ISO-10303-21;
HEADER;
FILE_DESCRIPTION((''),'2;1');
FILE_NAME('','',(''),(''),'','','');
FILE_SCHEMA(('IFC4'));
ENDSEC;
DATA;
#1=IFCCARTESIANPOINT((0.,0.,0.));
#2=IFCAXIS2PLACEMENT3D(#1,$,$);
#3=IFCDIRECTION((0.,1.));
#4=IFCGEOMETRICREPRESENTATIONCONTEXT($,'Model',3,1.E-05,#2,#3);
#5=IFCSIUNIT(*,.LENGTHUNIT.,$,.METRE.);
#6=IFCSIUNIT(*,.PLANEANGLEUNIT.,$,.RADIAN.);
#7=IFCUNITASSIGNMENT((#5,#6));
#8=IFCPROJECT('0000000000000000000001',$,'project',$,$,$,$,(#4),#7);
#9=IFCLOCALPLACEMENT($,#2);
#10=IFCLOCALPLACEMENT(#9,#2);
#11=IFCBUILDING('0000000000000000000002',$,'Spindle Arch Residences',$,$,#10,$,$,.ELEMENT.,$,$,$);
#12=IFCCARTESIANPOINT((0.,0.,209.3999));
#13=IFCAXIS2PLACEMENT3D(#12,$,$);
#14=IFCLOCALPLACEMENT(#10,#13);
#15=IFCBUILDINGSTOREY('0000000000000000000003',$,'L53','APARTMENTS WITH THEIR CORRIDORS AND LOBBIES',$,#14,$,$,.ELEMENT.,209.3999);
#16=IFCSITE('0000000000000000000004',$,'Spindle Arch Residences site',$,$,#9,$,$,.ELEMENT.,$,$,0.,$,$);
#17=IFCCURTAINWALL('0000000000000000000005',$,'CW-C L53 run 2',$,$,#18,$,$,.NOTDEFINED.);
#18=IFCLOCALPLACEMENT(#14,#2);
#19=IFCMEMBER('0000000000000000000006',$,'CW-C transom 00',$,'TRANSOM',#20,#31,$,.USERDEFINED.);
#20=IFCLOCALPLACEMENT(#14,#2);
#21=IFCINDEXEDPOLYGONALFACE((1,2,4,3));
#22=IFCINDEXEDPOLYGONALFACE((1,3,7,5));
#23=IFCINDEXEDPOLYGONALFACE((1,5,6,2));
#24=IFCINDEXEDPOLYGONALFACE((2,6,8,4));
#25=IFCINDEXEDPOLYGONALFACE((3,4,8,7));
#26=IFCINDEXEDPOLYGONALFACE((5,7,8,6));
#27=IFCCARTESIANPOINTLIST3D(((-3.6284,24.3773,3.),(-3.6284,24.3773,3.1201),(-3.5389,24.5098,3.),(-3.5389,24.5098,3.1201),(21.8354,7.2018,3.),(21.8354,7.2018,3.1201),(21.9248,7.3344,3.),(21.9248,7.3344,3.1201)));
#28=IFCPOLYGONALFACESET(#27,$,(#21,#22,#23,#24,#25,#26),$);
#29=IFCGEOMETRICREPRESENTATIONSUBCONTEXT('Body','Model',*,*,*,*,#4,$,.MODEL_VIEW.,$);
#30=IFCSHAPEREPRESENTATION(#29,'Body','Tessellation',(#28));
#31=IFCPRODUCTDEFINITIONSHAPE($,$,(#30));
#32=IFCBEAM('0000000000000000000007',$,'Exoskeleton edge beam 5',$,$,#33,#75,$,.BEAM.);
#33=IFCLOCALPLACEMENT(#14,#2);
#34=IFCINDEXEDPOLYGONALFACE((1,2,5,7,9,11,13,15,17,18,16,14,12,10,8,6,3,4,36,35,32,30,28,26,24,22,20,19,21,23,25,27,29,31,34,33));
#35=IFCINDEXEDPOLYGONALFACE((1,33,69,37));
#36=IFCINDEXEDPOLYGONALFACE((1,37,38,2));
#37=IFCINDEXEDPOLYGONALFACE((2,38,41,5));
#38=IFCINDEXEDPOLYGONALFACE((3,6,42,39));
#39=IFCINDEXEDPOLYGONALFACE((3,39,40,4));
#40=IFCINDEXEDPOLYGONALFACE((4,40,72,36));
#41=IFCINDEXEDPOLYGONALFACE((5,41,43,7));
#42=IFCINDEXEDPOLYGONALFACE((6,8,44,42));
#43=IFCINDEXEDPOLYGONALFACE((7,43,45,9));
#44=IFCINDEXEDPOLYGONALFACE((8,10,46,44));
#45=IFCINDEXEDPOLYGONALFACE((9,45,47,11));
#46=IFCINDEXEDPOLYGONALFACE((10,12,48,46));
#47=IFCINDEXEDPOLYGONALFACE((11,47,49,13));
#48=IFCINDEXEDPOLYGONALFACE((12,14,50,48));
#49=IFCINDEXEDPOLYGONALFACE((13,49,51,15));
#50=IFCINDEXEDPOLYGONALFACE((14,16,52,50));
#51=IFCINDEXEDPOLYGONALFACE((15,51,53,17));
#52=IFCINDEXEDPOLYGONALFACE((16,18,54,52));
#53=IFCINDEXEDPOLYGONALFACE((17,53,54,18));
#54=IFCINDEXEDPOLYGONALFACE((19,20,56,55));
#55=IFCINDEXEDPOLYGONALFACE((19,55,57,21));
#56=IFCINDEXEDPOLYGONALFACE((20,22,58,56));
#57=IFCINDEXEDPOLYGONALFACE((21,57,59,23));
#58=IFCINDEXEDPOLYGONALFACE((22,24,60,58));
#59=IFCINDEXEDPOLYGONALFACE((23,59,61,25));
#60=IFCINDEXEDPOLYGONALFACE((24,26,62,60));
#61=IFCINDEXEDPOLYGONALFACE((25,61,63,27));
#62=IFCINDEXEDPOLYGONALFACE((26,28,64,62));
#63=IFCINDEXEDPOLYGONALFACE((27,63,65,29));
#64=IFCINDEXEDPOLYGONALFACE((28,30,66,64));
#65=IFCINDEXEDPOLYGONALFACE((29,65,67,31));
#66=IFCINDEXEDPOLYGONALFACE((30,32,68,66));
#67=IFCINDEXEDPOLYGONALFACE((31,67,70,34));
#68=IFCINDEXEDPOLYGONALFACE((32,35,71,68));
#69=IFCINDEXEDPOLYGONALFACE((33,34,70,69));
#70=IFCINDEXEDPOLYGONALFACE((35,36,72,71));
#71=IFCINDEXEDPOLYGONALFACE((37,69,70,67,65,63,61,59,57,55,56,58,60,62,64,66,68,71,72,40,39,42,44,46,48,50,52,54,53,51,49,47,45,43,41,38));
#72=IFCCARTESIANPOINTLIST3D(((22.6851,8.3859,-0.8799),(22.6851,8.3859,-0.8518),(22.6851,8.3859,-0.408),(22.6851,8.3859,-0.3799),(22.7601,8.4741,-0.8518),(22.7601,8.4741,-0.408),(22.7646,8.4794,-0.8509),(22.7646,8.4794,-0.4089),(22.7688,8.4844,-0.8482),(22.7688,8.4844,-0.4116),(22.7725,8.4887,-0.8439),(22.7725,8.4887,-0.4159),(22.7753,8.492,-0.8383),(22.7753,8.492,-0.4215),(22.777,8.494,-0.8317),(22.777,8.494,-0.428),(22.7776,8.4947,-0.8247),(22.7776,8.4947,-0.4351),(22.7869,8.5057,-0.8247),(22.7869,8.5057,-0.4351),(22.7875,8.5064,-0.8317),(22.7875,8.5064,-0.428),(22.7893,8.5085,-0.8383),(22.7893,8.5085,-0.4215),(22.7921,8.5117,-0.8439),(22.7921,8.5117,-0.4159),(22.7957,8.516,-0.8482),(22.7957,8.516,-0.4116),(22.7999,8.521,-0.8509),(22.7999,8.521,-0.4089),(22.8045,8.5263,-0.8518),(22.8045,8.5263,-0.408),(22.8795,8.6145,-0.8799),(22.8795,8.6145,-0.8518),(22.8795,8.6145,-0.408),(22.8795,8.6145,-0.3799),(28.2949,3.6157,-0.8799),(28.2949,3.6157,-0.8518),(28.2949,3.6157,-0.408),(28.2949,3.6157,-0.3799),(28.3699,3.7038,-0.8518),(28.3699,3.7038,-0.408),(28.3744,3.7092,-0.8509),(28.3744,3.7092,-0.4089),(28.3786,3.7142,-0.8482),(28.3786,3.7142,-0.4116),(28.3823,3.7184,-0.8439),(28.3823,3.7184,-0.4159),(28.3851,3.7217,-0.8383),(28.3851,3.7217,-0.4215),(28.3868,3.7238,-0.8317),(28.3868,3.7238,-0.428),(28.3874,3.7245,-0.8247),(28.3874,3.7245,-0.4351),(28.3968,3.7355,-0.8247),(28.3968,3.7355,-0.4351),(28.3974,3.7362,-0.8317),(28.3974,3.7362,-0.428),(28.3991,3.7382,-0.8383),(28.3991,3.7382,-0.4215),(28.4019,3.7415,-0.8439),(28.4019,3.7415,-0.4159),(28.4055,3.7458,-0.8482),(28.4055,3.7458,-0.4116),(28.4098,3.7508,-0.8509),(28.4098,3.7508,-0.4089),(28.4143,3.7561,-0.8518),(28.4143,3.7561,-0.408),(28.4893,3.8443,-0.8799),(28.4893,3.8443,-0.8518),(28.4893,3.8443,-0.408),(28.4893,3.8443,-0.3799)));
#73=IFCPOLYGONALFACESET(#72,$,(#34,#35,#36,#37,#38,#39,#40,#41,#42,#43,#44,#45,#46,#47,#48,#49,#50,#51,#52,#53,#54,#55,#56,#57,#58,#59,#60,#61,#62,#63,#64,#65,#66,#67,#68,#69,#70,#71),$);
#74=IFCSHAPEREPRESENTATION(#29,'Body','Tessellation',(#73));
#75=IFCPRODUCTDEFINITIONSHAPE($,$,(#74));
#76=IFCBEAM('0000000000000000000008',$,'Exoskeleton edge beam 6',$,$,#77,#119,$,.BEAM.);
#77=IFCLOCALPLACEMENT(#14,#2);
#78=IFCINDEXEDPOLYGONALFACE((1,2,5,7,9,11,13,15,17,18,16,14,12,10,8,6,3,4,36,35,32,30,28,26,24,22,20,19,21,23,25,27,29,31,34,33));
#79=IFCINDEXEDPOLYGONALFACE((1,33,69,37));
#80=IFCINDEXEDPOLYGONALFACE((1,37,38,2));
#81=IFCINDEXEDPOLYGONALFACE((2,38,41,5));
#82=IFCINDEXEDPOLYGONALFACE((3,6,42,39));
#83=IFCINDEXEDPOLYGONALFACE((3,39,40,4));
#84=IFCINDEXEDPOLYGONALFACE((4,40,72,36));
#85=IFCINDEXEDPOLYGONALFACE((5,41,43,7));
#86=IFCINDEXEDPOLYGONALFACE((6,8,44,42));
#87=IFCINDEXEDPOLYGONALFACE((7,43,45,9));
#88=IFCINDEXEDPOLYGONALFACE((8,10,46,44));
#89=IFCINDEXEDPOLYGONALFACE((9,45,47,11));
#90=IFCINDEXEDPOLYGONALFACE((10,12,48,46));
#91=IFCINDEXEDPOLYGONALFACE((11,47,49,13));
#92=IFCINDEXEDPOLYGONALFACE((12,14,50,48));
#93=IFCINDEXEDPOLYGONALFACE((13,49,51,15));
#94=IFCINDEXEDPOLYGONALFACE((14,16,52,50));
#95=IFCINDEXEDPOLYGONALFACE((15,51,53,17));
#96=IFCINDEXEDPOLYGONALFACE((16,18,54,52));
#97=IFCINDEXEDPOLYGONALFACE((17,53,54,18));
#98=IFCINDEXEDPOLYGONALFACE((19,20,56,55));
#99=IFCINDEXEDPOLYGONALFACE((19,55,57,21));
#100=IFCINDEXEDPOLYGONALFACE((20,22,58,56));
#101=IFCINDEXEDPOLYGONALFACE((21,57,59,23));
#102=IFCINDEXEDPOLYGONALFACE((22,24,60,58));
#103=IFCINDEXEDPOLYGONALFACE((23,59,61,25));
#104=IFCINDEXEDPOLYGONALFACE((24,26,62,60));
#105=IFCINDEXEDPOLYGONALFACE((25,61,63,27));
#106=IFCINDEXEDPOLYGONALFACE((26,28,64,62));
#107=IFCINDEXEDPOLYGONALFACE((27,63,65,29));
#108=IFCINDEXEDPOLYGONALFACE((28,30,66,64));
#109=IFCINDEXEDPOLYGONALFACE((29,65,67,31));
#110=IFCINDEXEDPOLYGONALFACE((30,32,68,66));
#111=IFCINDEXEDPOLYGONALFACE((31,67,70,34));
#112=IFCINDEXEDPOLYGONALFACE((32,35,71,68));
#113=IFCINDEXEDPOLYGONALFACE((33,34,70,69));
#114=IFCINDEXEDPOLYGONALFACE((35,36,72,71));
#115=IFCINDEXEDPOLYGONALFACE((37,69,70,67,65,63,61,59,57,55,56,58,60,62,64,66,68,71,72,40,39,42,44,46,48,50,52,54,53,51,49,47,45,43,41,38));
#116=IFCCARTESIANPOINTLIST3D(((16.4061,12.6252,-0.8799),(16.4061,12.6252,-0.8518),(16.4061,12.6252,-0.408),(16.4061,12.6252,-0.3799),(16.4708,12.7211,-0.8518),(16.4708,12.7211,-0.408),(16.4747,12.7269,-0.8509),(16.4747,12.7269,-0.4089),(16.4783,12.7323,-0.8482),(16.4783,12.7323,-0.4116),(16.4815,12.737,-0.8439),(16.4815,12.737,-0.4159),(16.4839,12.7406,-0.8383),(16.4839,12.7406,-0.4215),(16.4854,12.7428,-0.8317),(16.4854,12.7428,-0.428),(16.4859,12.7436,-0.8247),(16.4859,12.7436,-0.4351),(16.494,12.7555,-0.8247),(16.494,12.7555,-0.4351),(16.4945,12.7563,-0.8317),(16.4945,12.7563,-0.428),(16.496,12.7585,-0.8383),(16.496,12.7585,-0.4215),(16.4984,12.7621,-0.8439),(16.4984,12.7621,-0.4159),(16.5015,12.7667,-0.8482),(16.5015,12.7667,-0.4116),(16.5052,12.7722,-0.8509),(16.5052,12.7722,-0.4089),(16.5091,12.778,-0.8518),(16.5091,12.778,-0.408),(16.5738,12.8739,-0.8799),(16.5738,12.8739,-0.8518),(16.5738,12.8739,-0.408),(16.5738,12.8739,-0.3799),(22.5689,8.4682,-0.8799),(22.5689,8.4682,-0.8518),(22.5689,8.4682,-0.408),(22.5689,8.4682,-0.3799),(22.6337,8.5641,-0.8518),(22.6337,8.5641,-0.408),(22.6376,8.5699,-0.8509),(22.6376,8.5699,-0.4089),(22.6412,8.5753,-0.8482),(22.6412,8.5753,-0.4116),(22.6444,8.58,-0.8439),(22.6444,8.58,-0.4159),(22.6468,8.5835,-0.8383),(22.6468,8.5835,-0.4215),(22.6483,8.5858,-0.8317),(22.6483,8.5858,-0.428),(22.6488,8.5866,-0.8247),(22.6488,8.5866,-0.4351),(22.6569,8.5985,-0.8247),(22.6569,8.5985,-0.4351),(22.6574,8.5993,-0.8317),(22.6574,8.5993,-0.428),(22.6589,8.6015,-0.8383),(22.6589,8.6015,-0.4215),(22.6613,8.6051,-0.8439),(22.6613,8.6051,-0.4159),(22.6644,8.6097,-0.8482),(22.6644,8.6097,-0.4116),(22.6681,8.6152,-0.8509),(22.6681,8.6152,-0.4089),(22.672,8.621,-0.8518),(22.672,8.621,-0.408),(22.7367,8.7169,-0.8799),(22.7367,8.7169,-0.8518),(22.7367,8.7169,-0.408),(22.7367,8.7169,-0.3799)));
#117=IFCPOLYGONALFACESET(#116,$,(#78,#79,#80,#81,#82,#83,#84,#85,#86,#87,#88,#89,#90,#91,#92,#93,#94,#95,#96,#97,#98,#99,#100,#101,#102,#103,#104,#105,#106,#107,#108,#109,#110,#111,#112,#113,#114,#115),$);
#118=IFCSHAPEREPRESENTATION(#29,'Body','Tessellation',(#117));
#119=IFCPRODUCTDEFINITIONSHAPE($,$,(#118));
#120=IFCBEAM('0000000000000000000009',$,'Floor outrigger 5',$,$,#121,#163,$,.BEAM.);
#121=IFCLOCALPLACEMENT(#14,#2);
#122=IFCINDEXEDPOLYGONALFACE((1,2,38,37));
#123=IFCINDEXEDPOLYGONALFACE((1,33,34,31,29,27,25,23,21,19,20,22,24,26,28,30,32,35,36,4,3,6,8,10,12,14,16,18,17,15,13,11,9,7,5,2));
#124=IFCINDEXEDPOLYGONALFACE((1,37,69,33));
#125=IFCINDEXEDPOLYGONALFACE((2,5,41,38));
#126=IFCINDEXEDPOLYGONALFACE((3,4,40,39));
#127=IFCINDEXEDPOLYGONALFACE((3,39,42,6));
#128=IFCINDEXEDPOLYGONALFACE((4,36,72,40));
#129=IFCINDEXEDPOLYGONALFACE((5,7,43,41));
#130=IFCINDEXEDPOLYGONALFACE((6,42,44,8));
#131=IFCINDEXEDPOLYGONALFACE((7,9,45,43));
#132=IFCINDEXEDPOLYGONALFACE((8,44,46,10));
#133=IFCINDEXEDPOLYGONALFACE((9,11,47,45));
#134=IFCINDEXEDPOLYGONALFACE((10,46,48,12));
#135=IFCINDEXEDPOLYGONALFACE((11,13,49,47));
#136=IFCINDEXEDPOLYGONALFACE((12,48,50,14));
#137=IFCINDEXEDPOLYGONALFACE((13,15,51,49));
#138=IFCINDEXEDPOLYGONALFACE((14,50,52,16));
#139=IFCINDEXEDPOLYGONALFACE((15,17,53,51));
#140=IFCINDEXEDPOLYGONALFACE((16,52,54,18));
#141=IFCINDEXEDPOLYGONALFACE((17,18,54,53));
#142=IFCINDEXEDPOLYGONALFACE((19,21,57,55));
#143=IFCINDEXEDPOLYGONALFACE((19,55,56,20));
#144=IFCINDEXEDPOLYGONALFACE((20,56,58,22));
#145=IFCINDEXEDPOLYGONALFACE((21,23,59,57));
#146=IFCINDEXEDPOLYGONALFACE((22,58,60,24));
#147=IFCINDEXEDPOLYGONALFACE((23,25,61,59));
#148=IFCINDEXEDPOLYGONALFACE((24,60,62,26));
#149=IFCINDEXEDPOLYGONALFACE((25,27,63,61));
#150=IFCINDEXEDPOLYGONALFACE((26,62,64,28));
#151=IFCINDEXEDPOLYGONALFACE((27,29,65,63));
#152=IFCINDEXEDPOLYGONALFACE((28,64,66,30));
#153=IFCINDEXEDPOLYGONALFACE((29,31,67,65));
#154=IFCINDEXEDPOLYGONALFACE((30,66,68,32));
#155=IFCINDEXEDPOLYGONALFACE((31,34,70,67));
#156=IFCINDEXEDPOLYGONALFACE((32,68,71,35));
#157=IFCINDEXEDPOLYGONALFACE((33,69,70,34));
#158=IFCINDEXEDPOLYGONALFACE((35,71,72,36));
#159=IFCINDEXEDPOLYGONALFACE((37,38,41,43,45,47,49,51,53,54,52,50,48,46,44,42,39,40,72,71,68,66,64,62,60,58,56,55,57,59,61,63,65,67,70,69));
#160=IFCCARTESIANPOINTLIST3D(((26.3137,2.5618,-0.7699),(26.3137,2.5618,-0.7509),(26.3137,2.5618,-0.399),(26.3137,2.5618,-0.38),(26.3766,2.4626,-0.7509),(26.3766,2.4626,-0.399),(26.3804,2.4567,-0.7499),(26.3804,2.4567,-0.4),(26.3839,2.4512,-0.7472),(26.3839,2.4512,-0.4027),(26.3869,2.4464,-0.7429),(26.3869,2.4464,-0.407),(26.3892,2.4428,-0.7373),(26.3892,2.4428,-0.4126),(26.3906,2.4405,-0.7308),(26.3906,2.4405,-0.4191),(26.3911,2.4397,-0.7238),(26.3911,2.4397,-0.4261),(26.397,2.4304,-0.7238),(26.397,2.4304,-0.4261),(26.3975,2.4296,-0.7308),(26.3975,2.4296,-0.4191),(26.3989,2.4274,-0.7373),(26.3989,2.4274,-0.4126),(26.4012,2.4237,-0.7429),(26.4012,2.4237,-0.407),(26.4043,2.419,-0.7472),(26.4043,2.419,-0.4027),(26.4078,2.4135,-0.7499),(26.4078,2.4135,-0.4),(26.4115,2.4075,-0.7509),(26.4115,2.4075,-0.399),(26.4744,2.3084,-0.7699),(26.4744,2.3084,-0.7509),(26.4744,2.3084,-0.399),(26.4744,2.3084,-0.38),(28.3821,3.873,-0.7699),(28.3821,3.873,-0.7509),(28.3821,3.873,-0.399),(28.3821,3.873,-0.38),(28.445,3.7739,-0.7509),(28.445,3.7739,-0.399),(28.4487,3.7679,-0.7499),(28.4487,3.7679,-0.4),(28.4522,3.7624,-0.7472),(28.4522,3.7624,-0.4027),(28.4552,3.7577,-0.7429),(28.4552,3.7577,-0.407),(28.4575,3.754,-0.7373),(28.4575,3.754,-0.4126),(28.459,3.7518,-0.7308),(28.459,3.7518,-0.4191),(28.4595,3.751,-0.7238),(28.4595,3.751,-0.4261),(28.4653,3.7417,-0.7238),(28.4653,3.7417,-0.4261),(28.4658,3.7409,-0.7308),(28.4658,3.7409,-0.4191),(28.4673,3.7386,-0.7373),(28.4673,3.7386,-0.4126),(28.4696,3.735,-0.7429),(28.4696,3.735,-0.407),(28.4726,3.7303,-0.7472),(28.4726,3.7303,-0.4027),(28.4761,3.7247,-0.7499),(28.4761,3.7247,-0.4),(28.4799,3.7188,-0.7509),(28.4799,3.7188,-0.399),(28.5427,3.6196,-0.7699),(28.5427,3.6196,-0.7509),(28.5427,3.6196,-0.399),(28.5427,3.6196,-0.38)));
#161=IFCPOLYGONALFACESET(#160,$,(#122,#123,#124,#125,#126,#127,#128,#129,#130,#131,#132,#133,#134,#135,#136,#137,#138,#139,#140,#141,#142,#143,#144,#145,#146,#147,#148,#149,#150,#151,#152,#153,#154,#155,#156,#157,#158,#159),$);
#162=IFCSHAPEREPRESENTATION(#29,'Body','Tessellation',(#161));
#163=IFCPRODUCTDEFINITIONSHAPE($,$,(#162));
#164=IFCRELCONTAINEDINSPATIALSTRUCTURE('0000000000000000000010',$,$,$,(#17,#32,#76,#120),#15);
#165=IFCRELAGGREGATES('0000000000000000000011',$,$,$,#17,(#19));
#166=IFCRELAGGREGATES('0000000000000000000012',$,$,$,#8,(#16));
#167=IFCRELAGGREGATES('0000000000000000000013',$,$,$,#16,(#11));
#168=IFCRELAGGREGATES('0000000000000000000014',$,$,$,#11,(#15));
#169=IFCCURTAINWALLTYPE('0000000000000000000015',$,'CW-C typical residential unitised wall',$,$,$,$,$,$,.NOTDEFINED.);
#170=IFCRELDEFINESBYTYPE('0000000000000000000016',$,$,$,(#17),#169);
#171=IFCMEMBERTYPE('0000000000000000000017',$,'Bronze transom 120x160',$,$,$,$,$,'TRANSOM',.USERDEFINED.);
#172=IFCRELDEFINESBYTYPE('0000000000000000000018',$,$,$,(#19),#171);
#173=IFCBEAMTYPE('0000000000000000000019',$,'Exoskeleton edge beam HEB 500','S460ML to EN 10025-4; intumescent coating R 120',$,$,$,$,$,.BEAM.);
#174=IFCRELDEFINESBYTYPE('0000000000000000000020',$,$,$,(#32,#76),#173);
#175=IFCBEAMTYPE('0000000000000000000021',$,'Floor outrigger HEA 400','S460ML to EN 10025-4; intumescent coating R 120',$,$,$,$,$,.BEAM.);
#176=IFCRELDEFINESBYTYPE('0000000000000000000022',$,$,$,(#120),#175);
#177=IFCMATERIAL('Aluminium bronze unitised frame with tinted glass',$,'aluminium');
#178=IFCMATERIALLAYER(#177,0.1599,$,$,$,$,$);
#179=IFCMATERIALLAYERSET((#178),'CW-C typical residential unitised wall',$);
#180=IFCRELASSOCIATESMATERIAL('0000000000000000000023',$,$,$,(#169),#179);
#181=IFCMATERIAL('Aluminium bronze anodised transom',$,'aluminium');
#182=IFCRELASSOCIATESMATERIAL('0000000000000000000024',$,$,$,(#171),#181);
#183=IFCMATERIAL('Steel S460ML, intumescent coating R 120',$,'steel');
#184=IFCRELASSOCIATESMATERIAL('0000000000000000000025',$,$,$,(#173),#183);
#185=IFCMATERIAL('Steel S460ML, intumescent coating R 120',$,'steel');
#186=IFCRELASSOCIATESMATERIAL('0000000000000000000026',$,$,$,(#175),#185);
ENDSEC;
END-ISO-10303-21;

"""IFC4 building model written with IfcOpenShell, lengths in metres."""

from ifc_helpers import new_model, si_unit, direction, frame, origin, origin_2d, place, context, subcontext, project, spatial, rectangle, i_section, extrude, material, layer, layer_set, material_profile, profile_set, type_object, element, aggregate, save


model = new_model("IFC4")

# Units and contexts
model_context = context("Model", 3, precision=1e-05, world=origin(), true_north=direction((0.0, 1.0)))
body_context = subcontext(model_context, "Body", "Model", "MODEL_VIEW")
ifc_project = project(units=[si_unit("LENGTHUNIT", "METRE"), si_unit("PLANEANGLEUNIT", "RADIAN")], contexts=[model_context])

# Site, building, storey
site_placement = place(None, origin())
site = spatial("IfcSite", under=ifc_project, at=site_placement, Name="Spindle Arch Residences site", CompositionType="ELEMENT", RefElevation=0.0)
building_placement = place(site_placement, origin())
building = spatial("IfcBuilding", under=site, at=building_placement, Name="Spindle Arch Residences", CompositionType="ELEMENT")
storey_placement = place(building_placement, frame((0.0, 0.0, 209.3999)))
storey = spatial("IfcBuildingStorey", under=building, at=storey_placement, Name="L53", Description="APARTMENTS WITH THEIR CORRIDORS AND LOBBIES", CompositionType="ELEMENT", Elevation=209.3999)

# Curtain wall
ifc_material_1 = material(Name="Aluminium bronze unitised frame with tinted glass", Category="aluminium")
ifc_layer_1 = layer(ifc_material_1, 0.1599)
ifc_layer_set_1 = layer_set([ifc_layer_1], Name="CW-C typical residential unitised wall")
curtain_wall_type_1 = type_object("IfcCurtainWallType", Name="CW-C typical residential unitised wall", PredefinedType="NOTDEFINED", material=ifc_layer_set_1)
curtain_wall_1_placement = place(storey_placement, origin())
curtain_wall_1 = element("IfcCurtainWall", 1, at=curtain_wall_1_placement, inside=storey, type_object=curtain_wall_type_1, Name="CW-C L53 run 2", PredefinedType="NOTDEFINED")

# Member
ifc_material_2 = material(Name="Aluminium bronze anodised transom", Category="aluminium")
ifc_material_profile_1 = material_profile(ifc_material_2, rectangle(XDim=0.1599, YDim=0.1201, at=origin_2d()), Name="TR 120x160")
ifc_profile_set_1 = profile_set([ifc_material_profile_1], Name="Aluminium bronze anodised transom")
member_type_1 = type_object("IfcMemberType", Name="Bronze transom 120x160", ElementType="TRANSOM", PredefinedType="USERDEFINED", material=ifc_profile_set_1)
member_1_placement = place(storey_placement, frame((21.8801, 7.2681, 3.0601), z_axis=(-0.829038, 0.559192, 0.0), x_axis=(-0.559192, -0.829038, 0.0)))
member_1 = element("IfcMember", 2, at=member_1_placement, type_object=member_type_1, Name="CW-C transom 00", ObjectType="TRANSOM", PredefinedType="USERDEFINED", context=body_context, shape_type="SweptSolid", body=[
    extrude(rectangle(XDim=0.1599, YDim=0.1201, at=origin_2d()), origin(), (0.0, 0.0, 1.0), 30.7148),
])

# Beams
ifc_material_3 = material(Name="Steel S460ML, intumescent coating R 120", Category="steel")
ifc_material_profile_2 = material_profile(ifc_material_3, i_section(OverallWidth=0.3, OverallDepth=0.5, WebThickness=0.0144, FlangeThickness=0.0281, FilletRadius=0.0271, at=origin_2d()), Name="HEB 500")
ifc_profile_set_2 = profile_set([ifc_material_profile_2], Name="Steel S460ML, intumescent coating R 120")
beam_type_1 = type_object("IfcBeamType", Name="Exoskeleton edge beam HEB 500", Description="S460ML to EN 10025-4; intumescent coating R 120", PredefinedType="BEAM", material=ifc_profile_set_2)
beam_1_placement = place(storey_placement, frame((28.3921, 3.73, -0.6299), z_axis=(-0.761813, 0.647797, 0.0), x_axis=(-0.647797, -0.761813, 0.0)))
element("IfcBeam", 3, at=beam_1_placement, inside=storey, type_object=beam_type_1, Name="Exoskeleton edge beam 5", PredefinedType="BEAM", context=body_context, shape_type="SweptSolid", body=[
    extrude(i_section(OverallWidth=0.3, OverallDepth=0.5, WebThickness=0.0144, FlangeThickness=0.0281, FilletRadius=0.0271, at=origin_2d()), origin(), (0.0, 0.0, 1.0), 7.3638),
])
beam_2_placement = place(storey_placement, frame((22.6528, 8.5925, -0.6299), z_axis=(-0.829032, 0.559202, 0.0), x_axis=(-0.559202, -0.829032, 0.0)))
element("IfcBeam", 4, at=beam_2_placement, inside=storey, type_object=beam_type_1, Name="Exoskeleton edge beam 6", PredefinedType="BEAM", context=body_context, shape_type="SweptSolid", body=[
    extrude(i_section(OverallWidth=0.3, OverallDepth=0.5, WebThickness=0.0144, FlangeThickness=0.0281, FilletRadius=0.0271, at=origin_2d()), origin(), (0.0, 0.0, 1.0), 7.4338),
])
ifc_material_4 = material(Name="Steel S460ML, intumescent coating R 120", Category="steel")
ifc_material_profile_3 = material_profile(ifc_material_4, i_section(OverallWidth=0.3, OverallDepth=0.3899, WebThickness=0.011, FlangeThickness=0.019, FilletRadius=0.0271, at=origin_2d()), Name="HEA 400")
ifc_profile_set_3 = profile_set([ifc_material_profile_3], Name="Steel S460ML, intumescent coating R 120")
beam_type_2 = type_object("IfcBeamType", Name="Floor outrigger HEA 400", Description="S460ML to EN 10025-4; intumescent coating R 120", PredefinedType="BEAM", material=ifc_profile_set_3)
beam_3_placement = place(storey_placement, frame((28.4624, 3.7463, -0.575), z_axis=(-0.844576, -0.535436, 0.0), x_axis=(0.535436, -0.844576, 0.0)))
element("IfcBeam", 5, at=beam_3_placement, inside=storey, type_object=beam_type_2, Name="Floor outrigger 5", PredefinedType="BEAM", context=body_context, shape_type="SweptSolid", body=[
    extrude(i_section(OverallWidth=0.3, OverallDepth=0.3899, WebThickness=0.011, FlangeThickness=0.019, FilletRadius=0.0271, at=origin_2d()), origin(), (0.0, 0.0, 1.0), 2.449),
])

aggregate(curtain_wall_1, [member_1])

save(model, "model.ifc")
